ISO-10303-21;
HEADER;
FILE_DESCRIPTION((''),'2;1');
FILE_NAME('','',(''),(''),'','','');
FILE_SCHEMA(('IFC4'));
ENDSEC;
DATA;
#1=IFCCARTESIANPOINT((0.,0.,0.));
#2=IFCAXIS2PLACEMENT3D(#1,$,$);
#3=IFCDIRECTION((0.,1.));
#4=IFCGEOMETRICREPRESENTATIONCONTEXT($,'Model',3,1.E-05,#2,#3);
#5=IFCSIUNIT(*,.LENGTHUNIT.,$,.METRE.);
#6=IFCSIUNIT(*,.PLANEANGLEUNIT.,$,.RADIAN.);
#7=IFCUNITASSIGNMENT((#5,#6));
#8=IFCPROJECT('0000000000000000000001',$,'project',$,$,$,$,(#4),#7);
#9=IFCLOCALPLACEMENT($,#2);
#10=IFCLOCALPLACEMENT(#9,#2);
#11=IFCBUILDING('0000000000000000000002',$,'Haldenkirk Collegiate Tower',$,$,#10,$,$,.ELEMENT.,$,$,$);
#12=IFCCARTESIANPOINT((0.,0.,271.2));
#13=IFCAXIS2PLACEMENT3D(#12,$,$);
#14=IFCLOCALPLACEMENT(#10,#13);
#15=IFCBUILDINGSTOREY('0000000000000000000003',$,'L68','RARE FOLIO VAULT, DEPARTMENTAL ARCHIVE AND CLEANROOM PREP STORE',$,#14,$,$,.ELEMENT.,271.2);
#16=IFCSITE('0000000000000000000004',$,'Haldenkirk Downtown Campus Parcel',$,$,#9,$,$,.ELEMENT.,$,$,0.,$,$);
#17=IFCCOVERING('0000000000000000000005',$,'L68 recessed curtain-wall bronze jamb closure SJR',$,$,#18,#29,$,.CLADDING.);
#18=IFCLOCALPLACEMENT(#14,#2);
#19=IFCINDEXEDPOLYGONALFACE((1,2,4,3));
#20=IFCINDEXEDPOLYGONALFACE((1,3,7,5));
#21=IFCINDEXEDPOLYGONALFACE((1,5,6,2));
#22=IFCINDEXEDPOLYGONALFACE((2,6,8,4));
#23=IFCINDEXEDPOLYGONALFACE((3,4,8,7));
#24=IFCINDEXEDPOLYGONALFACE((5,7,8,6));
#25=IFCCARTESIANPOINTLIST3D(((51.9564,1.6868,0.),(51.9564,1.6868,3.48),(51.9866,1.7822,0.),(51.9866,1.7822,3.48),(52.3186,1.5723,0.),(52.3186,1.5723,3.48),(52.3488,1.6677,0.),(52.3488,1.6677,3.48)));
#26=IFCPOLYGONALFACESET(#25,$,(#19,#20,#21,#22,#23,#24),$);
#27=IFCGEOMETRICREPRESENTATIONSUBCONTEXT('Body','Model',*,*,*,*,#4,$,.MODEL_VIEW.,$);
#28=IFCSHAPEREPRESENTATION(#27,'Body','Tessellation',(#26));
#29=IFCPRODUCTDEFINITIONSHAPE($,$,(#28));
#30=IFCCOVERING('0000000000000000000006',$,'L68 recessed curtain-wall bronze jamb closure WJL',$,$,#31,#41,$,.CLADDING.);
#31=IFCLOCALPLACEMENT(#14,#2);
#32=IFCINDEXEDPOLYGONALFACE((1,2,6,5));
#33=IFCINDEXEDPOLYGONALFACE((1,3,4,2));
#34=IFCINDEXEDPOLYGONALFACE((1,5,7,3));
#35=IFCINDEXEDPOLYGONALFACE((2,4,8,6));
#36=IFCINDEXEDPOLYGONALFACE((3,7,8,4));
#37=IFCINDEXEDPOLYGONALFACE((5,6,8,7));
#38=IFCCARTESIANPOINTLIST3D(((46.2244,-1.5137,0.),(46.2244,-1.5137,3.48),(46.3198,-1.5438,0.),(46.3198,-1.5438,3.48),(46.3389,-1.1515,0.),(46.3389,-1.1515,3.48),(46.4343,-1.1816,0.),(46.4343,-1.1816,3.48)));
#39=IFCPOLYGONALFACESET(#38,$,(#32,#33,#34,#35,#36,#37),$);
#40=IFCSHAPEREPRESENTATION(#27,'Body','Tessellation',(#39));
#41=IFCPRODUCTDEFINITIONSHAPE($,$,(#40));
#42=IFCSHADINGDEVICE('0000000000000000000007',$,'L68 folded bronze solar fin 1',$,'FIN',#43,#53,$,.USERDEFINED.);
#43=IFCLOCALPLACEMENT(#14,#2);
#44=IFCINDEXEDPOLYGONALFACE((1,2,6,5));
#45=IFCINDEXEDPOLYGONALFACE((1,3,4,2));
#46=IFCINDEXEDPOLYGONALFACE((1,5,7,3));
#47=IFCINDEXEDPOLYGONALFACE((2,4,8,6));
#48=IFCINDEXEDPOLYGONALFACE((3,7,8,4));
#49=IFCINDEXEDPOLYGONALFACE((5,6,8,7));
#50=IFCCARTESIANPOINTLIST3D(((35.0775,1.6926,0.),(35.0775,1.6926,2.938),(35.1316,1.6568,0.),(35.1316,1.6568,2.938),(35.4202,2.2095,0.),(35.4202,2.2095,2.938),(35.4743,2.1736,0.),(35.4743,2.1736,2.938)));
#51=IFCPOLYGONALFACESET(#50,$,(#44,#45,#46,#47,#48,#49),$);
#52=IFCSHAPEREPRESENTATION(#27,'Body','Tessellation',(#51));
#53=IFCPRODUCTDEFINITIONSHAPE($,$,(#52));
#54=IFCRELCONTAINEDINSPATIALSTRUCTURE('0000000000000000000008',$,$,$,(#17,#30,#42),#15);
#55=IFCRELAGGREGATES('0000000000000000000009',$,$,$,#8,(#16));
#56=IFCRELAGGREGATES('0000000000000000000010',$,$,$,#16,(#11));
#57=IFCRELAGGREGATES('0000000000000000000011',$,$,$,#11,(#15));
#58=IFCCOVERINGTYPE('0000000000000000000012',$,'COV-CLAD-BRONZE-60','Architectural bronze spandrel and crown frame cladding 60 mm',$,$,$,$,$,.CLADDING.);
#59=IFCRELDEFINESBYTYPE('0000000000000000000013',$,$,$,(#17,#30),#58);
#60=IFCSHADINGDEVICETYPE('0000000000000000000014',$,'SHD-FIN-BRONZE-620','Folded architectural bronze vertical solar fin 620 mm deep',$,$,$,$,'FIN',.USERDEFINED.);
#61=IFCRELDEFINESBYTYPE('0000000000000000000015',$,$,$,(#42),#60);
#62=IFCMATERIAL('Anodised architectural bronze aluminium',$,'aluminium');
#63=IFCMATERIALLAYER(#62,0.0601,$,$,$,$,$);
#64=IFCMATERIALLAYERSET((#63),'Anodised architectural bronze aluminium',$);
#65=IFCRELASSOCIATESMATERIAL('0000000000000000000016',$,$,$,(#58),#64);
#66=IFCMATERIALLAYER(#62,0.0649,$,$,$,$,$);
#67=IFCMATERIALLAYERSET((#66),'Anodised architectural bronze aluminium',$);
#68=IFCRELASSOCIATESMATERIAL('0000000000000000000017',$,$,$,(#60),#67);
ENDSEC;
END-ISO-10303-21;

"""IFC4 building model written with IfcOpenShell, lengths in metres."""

from ifc_helpers import new_model, si_unit, direction, frame, origin, origin_2d, place, context, subcontext, project, spatial, rectangle, extrude, source, transform, mapped, material, layer, layer_set, type_object, element, save


model = new_model("IFC4")

# Units and contexts
model_context = context("Model", 3, precision=1e-05, world=origin(), true_north=direction((0.0, 1.0)))
body_context = subcontext(model_context, "Body", "Model", "MODEL_VIEW")
ifc_project = project(units=[si_unit("LENGTHUNIT", "METRE"), si_unit("PLANEANGLEUNIT", "RADIAN")], contexts=[model_context])

# Site, building, storey
site_placement = place(None, origin())
site = spatial("IfcSite", under=ifc_project, at=site_placement, Name="Haldenkirk Downtown Campus Parcel", CompositionType="ELEMENT", RefElevation=0.0)
building_placement = place(site_placement, origin())
building = spatial("IfcBuilding", under=site, at=building_placement, Name="Haldenkirk Collegiate Tower", CompositionType="ELEMENT")
storey_placement = place(building_placement, frame((0.0, 0.0, 271.2)))
storey = spatial("IfcBuildingStorey", under=building, at=storey_placement, Name="L68", Description="RARE FOLIO VAULT, DEPARTMENTAL ARCHIVE AND CLEANROOM PREP STORE", CompositionType="ELEMENT", Elevation=271.2)

# Shared definitions
ifc_material_1 = material(Name="Anodised architectural bronze aluminium", Category="aluminium")

# Coverings
ifc_layer_1 = layer(ifc_material_1, 0.0601)
ifc_layer_set_1 = layer_set([ifc_layer_1], Name="Anodised architectural bronze aluminium")
covering_type = type_object("IfcCoveringType", Name="COV-CLAD-BRONZE-60", Description="Architectural bronze spandrel and crown frame cladding 60 mm", PredefinedType="CLADDING", material=ifc_layer_set_1)
shared_shape_1 = source(origin(), body_context, "Body", "SweptSolid", [
    extrude(rectangle(XDim=0.1001, YDim=0.3799, at=origin_2d()), origin(), (0.0, 0.0, 1.0), 3.48),
])
for number, where, z_axis, x_axis, name in (
    (1, (52.1526, 1.6772, 0.0), (0.0, 0.0, 1.0), (-0.301538, -0.953454, 0.0), "L68 recessed curtain-wall bronze jamb closure SJR"),
    (2, (46.3293, -1.3477, 0.0), (0.0, 0.0, 1.0), (-0.953454, 0.301538, 0.0), "L68 recessed curtain-wall bronze jamb closure WJL"),
):
    element("IfcCovering", number, at=place(storey_placement, frame(where, z_axis=z_axis, x_axis=x_axis)), inside=storey, type_object=covering_type, Name=name, PredefinedType="CLADDING", context=body_context, shape_type="MappedRepresentation", body=[
        mapped(shared_shape_1, transform((0.0, 0.0, 0.0), x_axis=(1.0, 0.0, 0.0), y_axis=(0.0, 1.0, 0.0), z_axis=(0.0, 0.0, 1.0), scale=1.0)),
    ])

# Shading device
ifc_layer_2 = layer(ifc_material_1, 0.0649)
ifc_layer_set_2 = layer_set([ifc_layer_2], Name="Anodised architectural bronze aluminium")
shading_device_type = type_object("IfcShadingDeviceType", Name="SHD-FIN-BRONZE-620", Description="Folded architectural bronze vertical solar fin 620 mm deep", ElementType="FIN", PredefinedType="USERDEFINED", material=ifc_layer_set_2)
shared_shape_2 = source(origin(), body_context, "Body", "SweptSolid", [
    extrude(rectangle(XDim=0.6201, YDim=0.0649, at=origin_2d()), origin(), (0.0, 0.0, 1.0), 2.938),
])
shading_device_placement = place(storey_placement, frame((35.2759, 1.9331, 0.0), z_axis=(0.0, 0.0, 1.0), x_axis=(-0.552664, -0.833404, 0.0)))
element("IfcShadingDevice", 3, at=shading_device_placement, inside=storey, type_object=shading_device_type, Name="L68 folded bronze solar fin 1", ObjectType="FIN", PredefinedType="USERDEFINED", context=body_context, shape_type="MappedRepresentation", body=[
    mapped(shared_shape_2, transform((0.0, 0.0, 0.0), x_axis=(1.0, 0.0, 0.0), y_axis=(0.0, 1.0, 0.0), z_axis=(0.0, 0.0, 1.0), scale=1.0)),
])

save(model, "model.ifc")
